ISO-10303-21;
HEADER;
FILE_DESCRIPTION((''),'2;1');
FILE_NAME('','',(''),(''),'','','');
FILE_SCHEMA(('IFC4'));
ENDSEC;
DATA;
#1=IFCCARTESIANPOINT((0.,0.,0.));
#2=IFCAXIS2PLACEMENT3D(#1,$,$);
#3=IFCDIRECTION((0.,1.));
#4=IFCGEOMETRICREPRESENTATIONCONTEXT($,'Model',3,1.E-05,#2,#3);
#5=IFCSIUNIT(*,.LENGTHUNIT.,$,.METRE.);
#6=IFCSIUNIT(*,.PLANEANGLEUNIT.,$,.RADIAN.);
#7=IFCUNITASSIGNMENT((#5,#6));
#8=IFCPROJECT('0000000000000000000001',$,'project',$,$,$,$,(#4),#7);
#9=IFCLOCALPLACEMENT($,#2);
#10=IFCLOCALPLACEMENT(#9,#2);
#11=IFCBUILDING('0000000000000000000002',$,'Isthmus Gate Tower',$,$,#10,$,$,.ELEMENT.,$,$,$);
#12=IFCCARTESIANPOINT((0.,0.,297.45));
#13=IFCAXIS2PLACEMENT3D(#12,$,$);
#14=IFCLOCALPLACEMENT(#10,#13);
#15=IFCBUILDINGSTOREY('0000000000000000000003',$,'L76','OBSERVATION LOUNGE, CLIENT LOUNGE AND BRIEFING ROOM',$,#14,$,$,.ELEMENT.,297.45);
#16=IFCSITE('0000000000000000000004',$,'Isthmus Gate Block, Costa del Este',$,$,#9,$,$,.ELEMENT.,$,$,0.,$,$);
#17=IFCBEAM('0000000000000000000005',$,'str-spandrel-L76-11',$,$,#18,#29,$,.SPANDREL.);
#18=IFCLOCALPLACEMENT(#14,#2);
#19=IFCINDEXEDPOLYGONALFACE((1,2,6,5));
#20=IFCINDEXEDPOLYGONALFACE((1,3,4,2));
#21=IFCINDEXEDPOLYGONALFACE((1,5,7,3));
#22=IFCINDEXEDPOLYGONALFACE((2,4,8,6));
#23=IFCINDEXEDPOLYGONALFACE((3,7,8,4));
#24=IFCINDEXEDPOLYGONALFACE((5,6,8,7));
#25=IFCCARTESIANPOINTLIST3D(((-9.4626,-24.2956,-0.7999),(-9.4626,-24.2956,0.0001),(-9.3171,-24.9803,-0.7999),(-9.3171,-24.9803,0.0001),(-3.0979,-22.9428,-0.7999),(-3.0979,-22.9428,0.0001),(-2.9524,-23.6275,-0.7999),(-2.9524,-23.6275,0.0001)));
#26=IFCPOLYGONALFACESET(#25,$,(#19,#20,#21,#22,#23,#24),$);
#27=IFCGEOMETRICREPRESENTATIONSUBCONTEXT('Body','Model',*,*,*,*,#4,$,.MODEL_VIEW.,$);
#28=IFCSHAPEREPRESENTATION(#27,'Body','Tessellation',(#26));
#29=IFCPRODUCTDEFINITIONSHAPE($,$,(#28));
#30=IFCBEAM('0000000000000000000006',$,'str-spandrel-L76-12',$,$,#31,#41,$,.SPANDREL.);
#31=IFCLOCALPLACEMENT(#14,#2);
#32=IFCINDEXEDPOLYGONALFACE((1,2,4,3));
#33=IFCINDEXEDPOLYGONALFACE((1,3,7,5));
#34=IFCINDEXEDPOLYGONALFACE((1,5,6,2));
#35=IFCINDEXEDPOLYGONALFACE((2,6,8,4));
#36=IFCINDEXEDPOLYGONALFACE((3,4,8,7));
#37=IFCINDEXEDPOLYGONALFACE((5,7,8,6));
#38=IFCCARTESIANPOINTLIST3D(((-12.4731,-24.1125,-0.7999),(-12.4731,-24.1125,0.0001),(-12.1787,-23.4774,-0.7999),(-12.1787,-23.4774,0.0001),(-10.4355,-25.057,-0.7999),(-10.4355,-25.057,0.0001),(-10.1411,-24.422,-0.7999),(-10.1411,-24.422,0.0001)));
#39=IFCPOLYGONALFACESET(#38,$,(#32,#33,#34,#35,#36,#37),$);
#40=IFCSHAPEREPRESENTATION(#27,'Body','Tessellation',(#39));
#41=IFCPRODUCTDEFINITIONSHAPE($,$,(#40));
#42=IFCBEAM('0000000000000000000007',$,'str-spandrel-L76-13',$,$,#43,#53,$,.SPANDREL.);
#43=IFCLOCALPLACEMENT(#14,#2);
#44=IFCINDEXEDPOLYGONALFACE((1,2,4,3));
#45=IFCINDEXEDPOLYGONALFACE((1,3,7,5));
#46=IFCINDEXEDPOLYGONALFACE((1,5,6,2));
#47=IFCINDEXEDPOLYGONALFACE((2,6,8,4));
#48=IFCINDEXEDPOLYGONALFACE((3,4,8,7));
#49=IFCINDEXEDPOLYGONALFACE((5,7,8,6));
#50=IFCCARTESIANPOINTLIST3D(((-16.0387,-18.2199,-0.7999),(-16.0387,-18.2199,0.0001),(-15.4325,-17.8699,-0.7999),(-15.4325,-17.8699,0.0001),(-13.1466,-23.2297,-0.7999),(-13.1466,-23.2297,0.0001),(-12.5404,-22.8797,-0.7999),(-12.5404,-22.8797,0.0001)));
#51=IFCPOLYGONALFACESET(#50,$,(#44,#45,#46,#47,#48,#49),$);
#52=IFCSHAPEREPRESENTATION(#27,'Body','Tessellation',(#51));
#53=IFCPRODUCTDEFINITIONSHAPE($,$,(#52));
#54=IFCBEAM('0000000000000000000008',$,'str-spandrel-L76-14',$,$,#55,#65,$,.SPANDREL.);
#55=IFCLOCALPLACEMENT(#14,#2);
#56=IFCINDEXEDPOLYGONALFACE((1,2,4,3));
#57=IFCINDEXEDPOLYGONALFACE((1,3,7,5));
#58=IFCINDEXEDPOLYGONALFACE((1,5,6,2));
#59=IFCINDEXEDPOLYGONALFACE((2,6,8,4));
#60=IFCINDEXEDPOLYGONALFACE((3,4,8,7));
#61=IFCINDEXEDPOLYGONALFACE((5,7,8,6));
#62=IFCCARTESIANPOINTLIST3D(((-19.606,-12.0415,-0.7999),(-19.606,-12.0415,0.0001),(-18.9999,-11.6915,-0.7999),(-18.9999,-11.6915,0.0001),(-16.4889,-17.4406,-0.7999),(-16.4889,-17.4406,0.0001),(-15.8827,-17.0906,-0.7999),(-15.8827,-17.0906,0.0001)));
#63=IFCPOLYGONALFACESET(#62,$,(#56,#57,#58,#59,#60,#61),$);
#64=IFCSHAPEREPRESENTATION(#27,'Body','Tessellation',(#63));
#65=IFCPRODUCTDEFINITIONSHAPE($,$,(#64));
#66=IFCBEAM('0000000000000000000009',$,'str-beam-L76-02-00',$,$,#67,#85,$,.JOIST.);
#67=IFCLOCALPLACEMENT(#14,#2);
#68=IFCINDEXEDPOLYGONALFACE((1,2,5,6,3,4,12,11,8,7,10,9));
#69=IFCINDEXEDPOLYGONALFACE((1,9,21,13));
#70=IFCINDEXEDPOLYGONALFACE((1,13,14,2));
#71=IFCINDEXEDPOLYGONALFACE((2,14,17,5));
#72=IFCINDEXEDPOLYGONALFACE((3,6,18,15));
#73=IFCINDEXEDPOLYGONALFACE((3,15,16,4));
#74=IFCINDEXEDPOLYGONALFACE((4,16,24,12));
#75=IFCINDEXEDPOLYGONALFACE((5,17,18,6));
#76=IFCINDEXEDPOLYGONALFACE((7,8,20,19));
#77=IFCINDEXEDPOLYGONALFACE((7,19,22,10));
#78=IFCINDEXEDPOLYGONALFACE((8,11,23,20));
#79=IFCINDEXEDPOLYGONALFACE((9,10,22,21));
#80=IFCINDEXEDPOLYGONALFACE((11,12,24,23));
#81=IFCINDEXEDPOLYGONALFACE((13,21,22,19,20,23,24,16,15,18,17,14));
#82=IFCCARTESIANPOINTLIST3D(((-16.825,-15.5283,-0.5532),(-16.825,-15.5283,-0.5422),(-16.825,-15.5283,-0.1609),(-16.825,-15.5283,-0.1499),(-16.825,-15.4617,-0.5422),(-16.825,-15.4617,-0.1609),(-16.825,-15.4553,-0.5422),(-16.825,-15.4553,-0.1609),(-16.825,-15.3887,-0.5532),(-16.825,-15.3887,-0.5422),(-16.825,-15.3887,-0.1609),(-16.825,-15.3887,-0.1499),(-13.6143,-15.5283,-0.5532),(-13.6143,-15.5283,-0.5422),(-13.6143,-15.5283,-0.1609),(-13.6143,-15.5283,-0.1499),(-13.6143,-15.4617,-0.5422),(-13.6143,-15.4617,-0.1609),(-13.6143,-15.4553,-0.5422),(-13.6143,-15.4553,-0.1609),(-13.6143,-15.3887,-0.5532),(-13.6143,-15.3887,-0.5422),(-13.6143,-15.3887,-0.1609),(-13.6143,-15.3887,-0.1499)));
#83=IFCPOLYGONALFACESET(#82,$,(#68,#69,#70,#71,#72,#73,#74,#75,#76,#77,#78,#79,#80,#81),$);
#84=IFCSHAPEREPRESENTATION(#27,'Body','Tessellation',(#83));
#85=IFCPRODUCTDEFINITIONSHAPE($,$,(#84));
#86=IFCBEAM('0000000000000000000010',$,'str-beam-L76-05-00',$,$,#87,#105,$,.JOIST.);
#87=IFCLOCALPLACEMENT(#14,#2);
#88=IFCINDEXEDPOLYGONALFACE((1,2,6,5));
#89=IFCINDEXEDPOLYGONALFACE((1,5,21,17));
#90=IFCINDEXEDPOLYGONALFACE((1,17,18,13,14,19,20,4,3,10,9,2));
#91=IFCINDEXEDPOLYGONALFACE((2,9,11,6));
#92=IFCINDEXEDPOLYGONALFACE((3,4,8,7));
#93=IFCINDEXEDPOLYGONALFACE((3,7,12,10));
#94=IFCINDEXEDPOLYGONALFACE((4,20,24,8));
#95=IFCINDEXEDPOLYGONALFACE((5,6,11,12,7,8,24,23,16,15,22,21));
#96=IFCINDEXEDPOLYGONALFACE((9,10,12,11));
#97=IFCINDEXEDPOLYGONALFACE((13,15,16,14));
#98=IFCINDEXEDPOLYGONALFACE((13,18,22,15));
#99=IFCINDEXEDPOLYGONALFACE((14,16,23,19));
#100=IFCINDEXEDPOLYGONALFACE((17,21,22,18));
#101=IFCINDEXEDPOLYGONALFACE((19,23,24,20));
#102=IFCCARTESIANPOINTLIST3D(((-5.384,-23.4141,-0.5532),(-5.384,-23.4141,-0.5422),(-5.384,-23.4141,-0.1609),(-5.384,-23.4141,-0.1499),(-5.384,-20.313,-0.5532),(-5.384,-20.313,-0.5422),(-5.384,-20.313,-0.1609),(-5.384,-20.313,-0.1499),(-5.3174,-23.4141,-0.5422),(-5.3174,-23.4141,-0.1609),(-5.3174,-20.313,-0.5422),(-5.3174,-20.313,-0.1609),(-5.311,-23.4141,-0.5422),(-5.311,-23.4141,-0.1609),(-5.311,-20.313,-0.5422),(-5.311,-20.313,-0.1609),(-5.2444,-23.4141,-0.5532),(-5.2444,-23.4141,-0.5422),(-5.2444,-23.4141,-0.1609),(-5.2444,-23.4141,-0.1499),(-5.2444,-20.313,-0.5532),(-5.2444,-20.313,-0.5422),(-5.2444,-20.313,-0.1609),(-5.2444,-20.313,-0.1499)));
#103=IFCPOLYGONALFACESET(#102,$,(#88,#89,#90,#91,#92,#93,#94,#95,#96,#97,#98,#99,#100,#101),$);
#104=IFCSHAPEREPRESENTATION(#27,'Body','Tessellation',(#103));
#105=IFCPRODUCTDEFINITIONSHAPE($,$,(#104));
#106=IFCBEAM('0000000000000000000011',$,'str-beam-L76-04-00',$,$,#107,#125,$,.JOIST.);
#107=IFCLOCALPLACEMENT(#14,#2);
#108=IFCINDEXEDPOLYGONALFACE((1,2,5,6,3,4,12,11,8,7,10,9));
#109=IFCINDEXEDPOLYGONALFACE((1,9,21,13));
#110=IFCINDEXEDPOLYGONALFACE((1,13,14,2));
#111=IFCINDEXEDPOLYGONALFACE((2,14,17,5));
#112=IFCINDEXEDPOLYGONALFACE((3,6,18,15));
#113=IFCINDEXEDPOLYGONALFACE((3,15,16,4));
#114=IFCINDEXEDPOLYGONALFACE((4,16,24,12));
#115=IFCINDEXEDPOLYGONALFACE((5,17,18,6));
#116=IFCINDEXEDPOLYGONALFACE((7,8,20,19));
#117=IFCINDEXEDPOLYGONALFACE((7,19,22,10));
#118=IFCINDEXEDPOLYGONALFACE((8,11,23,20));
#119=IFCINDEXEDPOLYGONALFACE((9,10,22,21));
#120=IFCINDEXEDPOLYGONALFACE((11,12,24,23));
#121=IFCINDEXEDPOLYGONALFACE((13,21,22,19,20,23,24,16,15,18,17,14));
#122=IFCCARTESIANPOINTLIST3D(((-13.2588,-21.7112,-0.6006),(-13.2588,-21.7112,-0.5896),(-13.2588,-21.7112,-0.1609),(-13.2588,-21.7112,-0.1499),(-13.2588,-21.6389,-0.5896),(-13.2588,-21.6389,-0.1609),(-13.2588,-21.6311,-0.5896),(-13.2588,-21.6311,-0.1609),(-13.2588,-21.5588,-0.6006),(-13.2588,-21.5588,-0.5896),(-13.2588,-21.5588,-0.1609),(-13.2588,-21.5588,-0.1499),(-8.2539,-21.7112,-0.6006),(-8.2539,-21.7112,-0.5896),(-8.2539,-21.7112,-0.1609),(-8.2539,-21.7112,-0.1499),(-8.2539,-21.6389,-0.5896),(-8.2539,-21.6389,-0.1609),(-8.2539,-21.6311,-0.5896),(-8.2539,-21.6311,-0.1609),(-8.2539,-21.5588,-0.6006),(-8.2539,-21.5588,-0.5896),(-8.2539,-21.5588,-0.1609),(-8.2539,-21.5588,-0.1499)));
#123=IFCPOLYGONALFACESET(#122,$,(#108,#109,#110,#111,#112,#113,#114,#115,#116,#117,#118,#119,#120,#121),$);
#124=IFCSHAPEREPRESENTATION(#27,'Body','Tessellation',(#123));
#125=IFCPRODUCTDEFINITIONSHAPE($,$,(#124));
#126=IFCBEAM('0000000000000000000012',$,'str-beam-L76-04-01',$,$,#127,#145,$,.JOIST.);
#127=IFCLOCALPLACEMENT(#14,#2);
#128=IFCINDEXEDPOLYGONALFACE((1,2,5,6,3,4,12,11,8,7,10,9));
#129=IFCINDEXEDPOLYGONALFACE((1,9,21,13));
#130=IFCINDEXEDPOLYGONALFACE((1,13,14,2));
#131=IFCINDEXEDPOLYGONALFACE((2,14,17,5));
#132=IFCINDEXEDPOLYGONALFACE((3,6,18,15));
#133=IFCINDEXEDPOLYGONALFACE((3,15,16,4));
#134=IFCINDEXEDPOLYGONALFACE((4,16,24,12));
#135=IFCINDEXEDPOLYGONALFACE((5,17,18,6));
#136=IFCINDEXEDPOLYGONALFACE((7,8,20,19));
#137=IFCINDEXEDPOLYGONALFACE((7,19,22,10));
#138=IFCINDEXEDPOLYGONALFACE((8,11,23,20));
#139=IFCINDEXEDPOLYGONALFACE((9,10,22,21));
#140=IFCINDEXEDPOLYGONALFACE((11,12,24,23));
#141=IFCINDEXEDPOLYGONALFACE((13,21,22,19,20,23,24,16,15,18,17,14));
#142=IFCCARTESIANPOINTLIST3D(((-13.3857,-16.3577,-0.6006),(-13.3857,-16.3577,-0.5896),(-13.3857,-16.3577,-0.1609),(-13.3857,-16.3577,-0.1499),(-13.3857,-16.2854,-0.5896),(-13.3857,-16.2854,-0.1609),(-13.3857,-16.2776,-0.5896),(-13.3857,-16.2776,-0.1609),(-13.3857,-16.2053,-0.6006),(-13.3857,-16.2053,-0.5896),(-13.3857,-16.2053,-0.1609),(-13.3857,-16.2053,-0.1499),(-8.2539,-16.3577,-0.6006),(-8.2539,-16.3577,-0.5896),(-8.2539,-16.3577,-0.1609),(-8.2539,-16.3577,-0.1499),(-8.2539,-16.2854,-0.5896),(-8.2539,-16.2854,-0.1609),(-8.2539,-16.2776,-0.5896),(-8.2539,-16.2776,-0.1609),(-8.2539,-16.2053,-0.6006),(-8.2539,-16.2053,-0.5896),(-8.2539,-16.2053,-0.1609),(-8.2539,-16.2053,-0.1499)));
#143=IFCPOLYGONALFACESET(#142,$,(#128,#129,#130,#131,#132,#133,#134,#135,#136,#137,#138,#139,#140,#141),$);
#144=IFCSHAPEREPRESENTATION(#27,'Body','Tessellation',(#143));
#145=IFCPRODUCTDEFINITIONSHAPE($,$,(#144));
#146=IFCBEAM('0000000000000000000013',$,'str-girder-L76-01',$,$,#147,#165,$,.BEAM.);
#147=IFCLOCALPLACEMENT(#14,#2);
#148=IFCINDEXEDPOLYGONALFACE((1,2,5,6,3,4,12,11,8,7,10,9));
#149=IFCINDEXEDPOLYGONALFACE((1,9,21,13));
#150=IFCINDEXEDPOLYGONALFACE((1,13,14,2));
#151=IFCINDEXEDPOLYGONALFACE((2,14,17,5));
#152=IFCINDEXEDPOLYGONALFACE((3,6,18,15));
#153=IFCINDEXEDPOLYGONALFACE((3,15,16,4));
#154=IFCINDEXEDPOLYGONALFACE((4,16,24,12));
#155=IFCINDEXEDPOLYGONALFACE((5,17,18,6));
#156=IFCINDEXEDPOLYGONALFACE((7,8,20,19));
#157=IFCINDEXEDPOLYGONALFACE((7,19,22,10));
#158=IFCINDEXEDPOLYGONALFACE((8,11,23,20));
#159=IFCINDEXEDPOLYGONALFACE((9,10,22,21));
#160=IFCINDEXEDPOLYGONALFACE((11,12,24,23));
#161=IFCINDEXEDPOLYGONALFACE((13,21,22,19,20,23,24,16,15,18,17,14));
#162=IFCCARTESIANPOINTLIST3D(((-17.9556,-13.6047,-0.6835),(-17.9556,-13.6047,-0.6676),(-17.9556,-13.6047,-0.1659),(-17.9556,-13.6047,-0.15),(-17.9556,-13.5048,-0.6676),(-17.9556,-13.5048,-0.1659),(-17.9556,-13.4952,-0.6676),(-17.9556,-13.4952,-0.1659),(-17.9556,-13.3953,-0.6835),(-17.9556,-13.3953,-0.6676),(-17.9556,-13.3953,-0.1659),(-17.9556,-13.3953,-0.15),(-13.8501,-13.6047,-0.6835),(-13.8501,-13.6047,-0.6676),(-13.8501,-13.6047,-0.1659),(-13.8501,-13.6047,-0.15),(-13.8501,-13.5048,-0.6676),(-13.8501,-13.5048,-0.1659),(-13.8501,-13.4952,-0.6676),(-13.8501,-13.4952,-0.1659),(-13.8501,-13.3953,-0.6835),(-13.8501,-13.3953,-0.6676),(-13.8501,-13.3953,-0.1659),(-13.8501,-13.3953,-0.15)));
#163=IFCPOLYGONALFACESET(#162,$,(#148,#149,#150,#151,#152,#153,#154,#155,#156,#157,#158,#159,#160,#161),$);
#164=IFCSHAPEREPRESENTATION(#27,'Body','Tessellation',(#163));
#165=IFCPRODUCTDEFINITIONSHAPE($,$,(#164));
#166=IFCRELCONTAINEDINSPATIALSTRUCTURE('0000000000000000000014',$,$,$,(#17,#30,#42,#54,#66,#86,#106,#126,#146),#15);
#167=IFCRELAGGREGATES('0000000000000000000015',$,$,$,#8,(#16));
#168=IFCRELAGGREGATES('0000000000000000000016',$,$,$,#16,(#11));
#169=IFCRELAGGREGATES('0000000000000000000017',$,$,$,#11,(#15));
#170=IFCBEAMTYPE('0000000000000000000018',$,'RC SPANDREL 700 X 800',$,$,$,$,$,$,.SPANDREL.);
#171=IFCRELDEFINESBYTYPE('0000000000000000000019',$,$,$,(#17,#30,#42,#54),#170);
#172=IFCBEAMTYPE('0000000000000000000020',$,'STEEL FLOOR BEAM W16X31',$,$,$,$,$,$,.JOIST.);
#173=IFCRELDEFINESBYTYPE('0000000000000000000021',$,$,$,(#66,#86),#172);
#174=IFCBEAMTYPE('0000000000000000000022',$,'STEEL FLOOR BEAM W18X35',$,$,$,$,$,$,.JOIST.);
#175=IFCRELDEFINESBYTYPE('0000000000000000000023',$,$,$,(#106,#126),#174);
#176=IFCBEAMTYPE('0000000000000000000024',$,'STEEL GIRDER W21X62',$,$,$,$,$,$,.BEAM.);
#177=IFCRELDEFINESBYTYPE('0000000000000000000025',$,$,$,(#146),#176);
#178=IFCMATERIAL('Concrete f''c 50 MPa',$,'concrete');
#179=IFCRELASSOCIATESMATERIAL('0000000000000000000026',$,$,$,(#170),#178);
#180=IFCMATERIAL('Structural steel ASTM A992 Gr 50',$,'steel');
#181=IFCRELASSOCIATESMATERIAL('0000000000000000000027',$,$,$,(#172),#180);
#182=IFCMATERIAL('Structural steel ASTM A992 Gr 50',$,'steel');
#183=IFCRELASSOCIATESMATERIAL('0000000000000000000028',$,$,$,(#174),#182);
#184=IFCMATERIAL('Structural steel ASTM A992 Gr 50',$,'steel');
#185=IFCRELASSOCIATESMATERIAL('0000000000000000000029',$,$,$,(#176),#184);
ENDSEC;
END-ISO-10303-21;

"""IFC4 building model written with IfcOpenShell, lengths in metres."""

from ifc_helpers import new_model, si_unit, direction, frame, origin, origin_2d, place, context, subcontext, project, spatial, rectangle, i_section, extrude, material, material_profile, profile_set, type_object, element, save


model = new_model("IFC4")

# Units and contexts
model_context = context("Model", 3, precision=1e-05, world=origin(), true_north=direction((0.0, 1.0)))
body_context = subcontext(model_context, "Body", "Model", "MODEL_VIEW")
ifc_project = project(units=[si_unit("LENGTHUNIT", "METRE"), si_unit("PLANEANGLEUNIT", "RADIAN")], contexts=[model_context])

# Site, building, storey
site_placement = place(None, origin())
site = spatial("IfcSite", under=ifc_project, at=site_placement, Name="Isthmus Gate Block, Costa del Este", CompositionType="ELEMENT", RefElevation=0.0)
building_placement = place(site_placement, origin())
building = spatial("IfcBuilding", under=site, at=building_placement, Name="Isthmus Gate Tower", CompositionType="ELEMENT")
storey_placement = place(building_placement, frame((0.0, 0.0, 297.45)))
storey = spatial("IfcBuildingStorey", under=building, at=storey_placement, Name="L76", Description="OBSERVATION LOUNGE, CLIENT LOUNGE AND BRIEFING ROOM", CompositionType="ELEMENT", Elevation=297.45)

# Beams
ifc_material_1 = material(Name="Concrete f'c 50 MPa", Category="concrete")
ifc_material_profile_1 = material_profile(ifc_material_1, rectangle(XDim=0.7, YDim=0.8, at=origin_2d()), Name="RC 700X800")
ifc_profile_set_1 = profile_set([ifc_material_profile_1], Name="Concrete f'c 50 MPa")
beam_type_1 = type_object("IfcBeamType", Name="RC SPANDREL 700 X 800", PredefinedType="SPANDREL", material=ifc_profile_set_1)
beam_1_placement = place(storey_placement, frame((-3.0251, -23.2852, -0.3999), z_axis=(-0.97815, -0.207899, 0.0), x_axis=(0.207899, -0.97815, 0.0)))
element("IfcBeam", 1, at=beam_1_placement, inside=storey, type_object=beam_type_1, Name="str-spandrel-L76-11", PredefinedType="SPANDREL", context=body_context, shape_type="SweptSolid", body=[
    extrude(rectangle(XDim=0.7, YDim=0.8, at=origin_2d()), origin(), (0.0, 0.0, 1.0), 6.5068),
])
beam_2_placement = place(storey_placement, frame((-10.2883, -24.7395, -0.3999), z_axis=(-0.907255, 0.420581, 0.0), x_axis=(-0.420581, -0.907255, 0.0)))
element("IfcBeam", 2, at=beam_2_placement, inside=storey, type_object=beam_type_1, Name="str-spandrel-L76-12", PredefinedType="SPANDREL", context=body_context, shape_type="SweptSolid", body=[
    extrude(rectangle(XDim=0.7, YDim=0.8, at=origin_2d()), origin(), (0.0, 0.0, 1.0), 2.2458),
])
beam_3_placement = place(storey_placement, frame((-12.8435, -23.0547, -0.3999), z_axis=(-0.499961, 0.866048, 0.0), x_axis=(-0.866048, -0.499961, 0.0)))
element("IfcBeam", 3, at=beam_3_placement, inside=storey, type_object=beam_type_1, Name="str-spandrel-L76-13", PredefinedType="SPANDREL", context=body_context, shape_type="SweptSolid", body=[
    extrude(rectangle(XDim=0.7, YDim=0.8, at=origin_2d()), origin(), (0.0, 0.0, 1.0), 5.7847),
])
beam_4_placement = place(storey_placement, frame((-16.1858, -17.2656, -0.3999), z_axis=(-0.499997, 0.866027, 0.0), x_axis=(-0.866027, -0.499997, 0.0)))
element("IfcBeam", 4, at=beam_4_placement, inside=storey, type_object=beam_type_1, Name="str-spandrel-L76-14", PredefinedType="SPANDREL", context=body_context, shape_type="SweptSolid", body=[
    extrude(rectangle(XDim=0.7, YDim=0.8, at=origin_2d()), origin(), (0.0, 0.0, 1.0), 6.2344),
])
ifc_material_2 = material(Name="Structural steel ASTM A992 Gr 50", Category="steel")
ifc_material_profile_2 = material_profile(ifc_material_2, i_section(OverallWidth=0.1396, OverallDepth=0.4033, WebThickness=0.0063, FlangeThickness=0.011, at=origin_2d()), Name="W16X31")
ifc_profile_set_2 = profile_set([ifc_material_profile_2], Name="Structural steel ASTM A992 Gr 50")
beam_type_2 = type_object("IfcBeamType", Name="STEEL FLOOR BEAM W16X31", PredefinedType="JOIST", material=ifc_profile_set_2)
beam_5_placement = place(storey_placement, frame((-16.825, -15.4585, -0.3516), z_axis=(1.0, 0.0, 0.0), x_axis=(0.0, 1.0, 0.0)))
element("IfcBeam", 5, at=beam_5_placement, inside=storey, type_object=beam_type_2, Name="str-beam-L76-02-00", PredefinedType="JOIST", context=body_context, shape_type="SweptSolid", body=[
    extrude(i_section(OverallWidth=0.1396, OverallDepth=0.4033, WebThickness=0.0063, FlangeThickness=0.011, at=origin_2d()), origin(), (0.0, 0.0, 1.0), 3.2107),
])
beam_6_placement = place(storey_placement, frame((-5.3142, -23.4141, -0.3516), z_axis=(0.0, 1.0, 0.0), x_axis=(-1.0, 0.0, 0.0)))
element("IfcBeam", 6, at=beam_6_placement, inside=storey, type_object=beam_type_2, Name="str-beam-L76-05-00", PredefinedType="JOIST", context=body_context, shape_type="SweptSolid", body=[
    extrude(i_section(OverallWidth=0.1396, OverallDepth=0.4033, WebThickness=0.0063, FlangeThickness=0.011, at=origin_2d()), origin(), (0.0, 0.0, 1.0), 3.1011),
])
ifc_material_3 = material(Name="Structural steel ASTM A992 Gr 50", Category="steel")
ifc_material_profile_3 = material_profile(ifc_material_3, i_section(OverallWidth=0.1523, OverallDepth=0.4507, WebThickness=0.0078, FlangeThickness=0.011, at=origin_2d()), Name="W18X35")
ifc_profile_set_3 = profile_set([ifc_material_profile_3], Name="Structural steel ASTM A992 Gr 50")
beam_type_3 = type_object("IfcBeamType", Name="STEEL FLOOR BEAM W18X35", PredefinedType="JOIST", material=ifc_profile_set_3)
beam_7_placement = place(storey_placement, frame((-13.2588, -21.635, -0.3752), z_axis=(1.0, 0.0, 0.0), x_axis=(0.0, 1.0, 0.0)))
element("IfcBeam", 7, at=beam_7_placement, inside=storey, type_object=beam_type_3, Name="str-beam-L76-04-00", PredefinedType="JOIST", context=body_context, shape_type="SweptSolid", body=[
    extrude(i_section(OverallWidth=0.1523, OverallDepth=0.4507, WebThickness=0.0078, FlangeThickness=0.011, at=origin_2d()), origin(), (0.0, 0.0, 1.0), 5.0049),
])
beam_8_placement = place(storey_placement, frame((-13.3857, -16.2815, -0.3752), z_axis=(1.0, 0.0, 0.0), x_axis=(0.0, 1.0, 0.0)))
element("IfcBeam", 8, at=beam_8_placement, inside=storey, type_object=beam_type_3, Name="str-beam-L76-04-01", PredefinedType="JOIST", context=body_context, shape_type="SweptSolid", body=[
    extrude(i_section(OverallWidth=0.1523, OverallDepth=0.4507, WebThickness=0.0078, FlangeThickness=0.011, at=origin_2d()), origin(), (0.0, 0.0, 1.0), 5.1318),
])
ifc_material_4 = material(Name="Structural steel ASTM A992 Gr 50", Category="steel")
ifc_material_profile_4 = material_profile(ifc_material_4, i_section(OverallWidth=0.2095, OverallDepth=0.5334, WebThickness=0.0095, FlangeThickness=0.0159, at=origin_2d()), Name="W21X62")
ifc_profile_set_4 = profile_set([ifc_material_profile_4], Name="Structural steel ASTM A992 Gr 50")
beam_type_4 = type_object("IfcBeamType", Name="STEEL GIRDER W21X62", PredefinedType="BEAM", material=ifc_profile_set_4)
beam_9_placement = place(storey_placement, frame((-17.9556, -13.5, -0.4167), z_axis=(1.0, 0.0, 0.0), x_axis=(0.0, 1.0, 0.0)))
element("IfcBeam", 9, at=beam_9_placement, inside=storey, type_object=beam_type_4, Name="str-girder-L76-01", PredefinedType="BEAM", context=body_context, shape_type="SweptSolid", body=[
    extrude(i_section(OverallWidth=0.2095, OverallDepth=0.5334, WebThickness=0.0095, FlangeThickness=0.0159, at=origin_2d()), origin(), (0.0, 0.0, 1.0), 4.1055),
])

save(model, "model.ifc")
